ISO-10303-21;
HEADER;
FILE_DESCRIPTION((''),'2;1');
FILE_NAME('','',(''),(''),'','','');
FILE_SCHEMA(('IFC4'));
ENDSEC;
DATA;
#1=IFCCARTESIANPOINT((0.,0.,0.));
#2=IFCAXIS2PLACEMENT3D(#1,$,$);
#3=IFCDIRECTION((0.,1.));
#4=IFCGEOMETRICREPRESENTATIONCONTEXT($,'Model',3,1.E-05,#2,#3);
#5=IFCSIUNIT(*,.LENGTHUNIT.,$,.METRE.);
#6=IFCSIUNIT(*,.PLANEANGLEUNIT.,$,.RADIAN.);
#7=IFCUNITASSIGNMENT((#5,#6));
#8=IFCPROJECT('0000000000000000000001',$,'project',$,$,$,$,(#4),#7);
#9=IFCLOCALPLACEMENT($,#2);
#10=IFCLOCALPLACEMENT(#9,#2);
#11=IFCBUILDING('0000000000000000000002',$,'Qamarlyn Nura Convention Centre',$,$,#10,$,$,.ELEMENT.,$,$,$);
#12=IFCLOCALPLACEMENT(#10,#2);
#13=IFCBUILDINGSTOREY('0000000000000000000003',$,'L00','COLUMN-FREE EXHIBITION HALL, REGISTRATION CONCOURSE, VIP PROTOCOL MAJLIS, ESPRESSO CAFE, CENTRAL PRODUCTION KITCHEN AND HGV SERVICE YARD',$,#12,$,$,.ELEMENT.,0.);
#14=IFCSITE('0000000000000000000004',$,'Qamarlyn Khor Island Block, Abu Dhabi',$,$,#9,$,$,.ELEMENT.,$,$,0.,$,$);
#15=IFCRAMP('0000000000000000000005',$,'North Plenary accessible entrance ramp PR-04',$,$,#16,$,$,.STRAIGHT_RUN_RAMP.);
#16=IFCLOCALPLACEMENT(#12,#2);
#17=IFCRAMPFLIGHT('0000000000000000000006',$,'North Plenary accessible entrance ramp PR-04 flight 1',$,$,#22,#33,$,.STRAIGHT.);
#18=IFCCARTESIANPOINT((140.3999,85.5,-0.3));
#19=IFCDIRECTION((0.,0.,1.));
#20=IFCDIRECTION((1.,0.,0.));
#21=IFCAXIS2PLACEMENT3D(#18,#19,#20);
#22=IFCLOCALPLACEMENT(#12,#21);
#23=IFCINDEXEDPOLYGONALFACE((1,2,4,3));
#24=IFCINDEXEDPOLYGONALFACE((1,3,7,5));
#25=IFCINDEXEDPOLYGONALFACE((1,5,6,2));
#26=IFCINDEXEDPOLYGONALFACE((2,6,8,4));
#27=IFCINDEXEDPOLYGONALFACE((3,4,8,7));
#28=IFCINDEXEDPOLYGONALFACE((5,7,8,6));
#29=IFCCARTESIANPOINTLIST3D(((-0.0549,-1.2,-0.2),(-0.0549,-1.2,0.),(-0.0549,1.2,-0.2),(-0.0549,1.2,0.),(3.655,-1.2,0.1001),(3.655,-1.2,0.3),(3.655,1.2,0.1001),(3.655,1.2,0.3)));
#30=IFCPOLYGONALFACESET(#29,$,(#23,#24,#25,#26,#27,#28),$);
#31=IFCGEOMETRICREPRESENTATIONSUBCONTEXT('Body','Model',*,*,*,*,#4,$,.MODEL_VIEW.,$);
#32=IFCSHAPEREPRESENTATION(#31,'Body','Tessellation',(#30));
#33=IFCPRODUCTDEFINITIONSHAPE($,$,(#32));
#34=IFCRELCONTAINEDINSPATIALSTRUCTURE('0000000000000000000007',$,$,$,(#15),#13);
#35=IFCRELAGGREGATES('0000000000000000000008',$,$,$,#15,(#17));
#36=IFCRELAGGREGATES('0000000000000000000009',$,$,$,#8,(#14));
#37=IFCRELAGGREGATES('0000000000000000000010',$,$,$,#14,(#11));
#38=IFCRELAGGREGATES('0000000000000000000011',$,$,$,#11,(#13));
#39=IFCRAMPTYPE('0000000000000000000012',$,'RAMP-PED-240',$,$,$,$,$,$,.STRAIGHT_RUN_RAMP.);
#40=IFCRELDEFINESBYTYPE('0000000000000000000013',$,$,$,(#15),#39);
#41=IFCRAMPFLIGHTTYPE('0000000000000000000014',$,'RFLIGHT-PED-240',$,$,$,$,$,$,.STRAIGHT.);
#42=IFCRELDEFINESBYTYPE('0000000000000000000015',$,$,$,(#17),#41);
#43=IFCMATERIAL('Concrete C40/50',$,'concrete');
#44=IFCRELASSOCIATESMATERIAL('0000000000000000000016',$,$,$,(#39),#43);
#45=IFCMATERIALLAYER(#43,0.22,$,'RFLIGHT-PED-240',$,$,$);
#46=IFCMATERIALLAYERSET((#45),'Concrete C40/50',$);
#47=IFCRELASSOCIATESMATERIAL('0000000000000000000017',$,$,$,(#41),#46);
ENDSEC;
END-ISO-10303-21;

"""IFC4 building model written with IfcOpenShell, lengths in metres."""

from ifc_helpers import new_model, si_unit, direction, frame, origin, place, context, subcontext, project, spatial, polyline, outline, extrude, material, layer, layer_set, type_object, element, aggregate, save


model = new_model("IFC4")

# Units and contexts
model_context = context("Model", 3, precision=1e-05, world=origin(), true_north=direction((0.0, 1.0)))
body_context = subcontext(model_context, "Body", "Model", "MODEL_VIEW")
ifc_project = project(units=[si_unit("LENGTHUNIT", "METRE"), si_unit("PLANEANGLEUNIT", "RADIAN")], contexts=[model_context])

# Site, building, storey
site_placement = place(None, origin())
site = spatial("IfcSite", under=ifc_project, at=site_placement, Name="Qamarlyn Khor Island Block, Abu Dhabi", CompositionType="ELEMENT", RefElevation=0.0)
building_placement = place(site_placement, origin())
building = spatial("IfcBuilding", under=site, at=building_placement, Name="Qamarlyn Nura Convention Centre", CompositionType="ELEMENT")
storey_placement = place(building_placement, origin())
storey = spatial("IfcBuildingStorey", under=building, at=storey_placement, Name="L00", Description="COLUMN-FREE EXHIBITION HALL, REGISTRATION CONCOURSE, VIP PROTOCOL MAJLIS, ESPRESSO CAFE, CENTRAL PRODUCTION KITCHEN AND HGV SERVICE YARD", CompositionType="ELEMENT", Elevation=0.0)

# Ramp, ramp flight
ifc_material_1 = material(Name="Concrete C40/50", Category="concrete")
ramp_type = type_object("IfcRampType", Name="RAMP-PED-240", PredefinedType="STRAIGHT_RUN_RAMP", material=ifc_material_1)
ramp_placement = place(storey_placement, origin())
ramp = element("IfcRamp", 1, at=ramp_placement, inside=storey, type_object=ramp_type, Name="North Plenary accessible entrance ramp PR-04", PredefinedType="STRAIGHT_RUN_RAMP")
ifc_layer_1 = layer(ifc_material_1, 0.22, Name="RFLIGHT-PED-240")
ifc_layer_set_1 = layer_set([ifc_layer_1], Name="Concrete C40/50")
ramp_flight_type = type_object("IfcRampFlightType", Name="RFLIGHT-PED-240", PredefinedType="STRAIGHT", material=ifc_layer_set_1)
ramp_flight_placement = place(storey_placement, frame((140.3999, 85.5, -0.3), z_axis=(0.0, 0.0, 1.0), x_axis=(1.0, 0.0, 0.0)))
ramp_flight = element("IfcRampFlight", 2, at=ramp_flight_placement, type_object=ramp_flight_type, Name="North Plenary accessible entrance ramp PR-04 flight 1", PredefinedType="STRAIGHT", context=body_context, shape_type="SweptSolid", body=[
    extrude(outline(polyline([(-0.0549, 0.0), (3.655, 0.3), (3.655, 0.1001), (-0.0549, -0.2), (-0.0549, 0.0)])), frame((0.0, 1.2, 0.0), z_axis=(0.0, -1.0, 0.0), x_axis=(1.0, 0.0, 0.0)), (0.0, 0.0, 1.0), 2.3999),
])
aggregate(ramp, [ramp_flight])

save(model, "model.ifc")
